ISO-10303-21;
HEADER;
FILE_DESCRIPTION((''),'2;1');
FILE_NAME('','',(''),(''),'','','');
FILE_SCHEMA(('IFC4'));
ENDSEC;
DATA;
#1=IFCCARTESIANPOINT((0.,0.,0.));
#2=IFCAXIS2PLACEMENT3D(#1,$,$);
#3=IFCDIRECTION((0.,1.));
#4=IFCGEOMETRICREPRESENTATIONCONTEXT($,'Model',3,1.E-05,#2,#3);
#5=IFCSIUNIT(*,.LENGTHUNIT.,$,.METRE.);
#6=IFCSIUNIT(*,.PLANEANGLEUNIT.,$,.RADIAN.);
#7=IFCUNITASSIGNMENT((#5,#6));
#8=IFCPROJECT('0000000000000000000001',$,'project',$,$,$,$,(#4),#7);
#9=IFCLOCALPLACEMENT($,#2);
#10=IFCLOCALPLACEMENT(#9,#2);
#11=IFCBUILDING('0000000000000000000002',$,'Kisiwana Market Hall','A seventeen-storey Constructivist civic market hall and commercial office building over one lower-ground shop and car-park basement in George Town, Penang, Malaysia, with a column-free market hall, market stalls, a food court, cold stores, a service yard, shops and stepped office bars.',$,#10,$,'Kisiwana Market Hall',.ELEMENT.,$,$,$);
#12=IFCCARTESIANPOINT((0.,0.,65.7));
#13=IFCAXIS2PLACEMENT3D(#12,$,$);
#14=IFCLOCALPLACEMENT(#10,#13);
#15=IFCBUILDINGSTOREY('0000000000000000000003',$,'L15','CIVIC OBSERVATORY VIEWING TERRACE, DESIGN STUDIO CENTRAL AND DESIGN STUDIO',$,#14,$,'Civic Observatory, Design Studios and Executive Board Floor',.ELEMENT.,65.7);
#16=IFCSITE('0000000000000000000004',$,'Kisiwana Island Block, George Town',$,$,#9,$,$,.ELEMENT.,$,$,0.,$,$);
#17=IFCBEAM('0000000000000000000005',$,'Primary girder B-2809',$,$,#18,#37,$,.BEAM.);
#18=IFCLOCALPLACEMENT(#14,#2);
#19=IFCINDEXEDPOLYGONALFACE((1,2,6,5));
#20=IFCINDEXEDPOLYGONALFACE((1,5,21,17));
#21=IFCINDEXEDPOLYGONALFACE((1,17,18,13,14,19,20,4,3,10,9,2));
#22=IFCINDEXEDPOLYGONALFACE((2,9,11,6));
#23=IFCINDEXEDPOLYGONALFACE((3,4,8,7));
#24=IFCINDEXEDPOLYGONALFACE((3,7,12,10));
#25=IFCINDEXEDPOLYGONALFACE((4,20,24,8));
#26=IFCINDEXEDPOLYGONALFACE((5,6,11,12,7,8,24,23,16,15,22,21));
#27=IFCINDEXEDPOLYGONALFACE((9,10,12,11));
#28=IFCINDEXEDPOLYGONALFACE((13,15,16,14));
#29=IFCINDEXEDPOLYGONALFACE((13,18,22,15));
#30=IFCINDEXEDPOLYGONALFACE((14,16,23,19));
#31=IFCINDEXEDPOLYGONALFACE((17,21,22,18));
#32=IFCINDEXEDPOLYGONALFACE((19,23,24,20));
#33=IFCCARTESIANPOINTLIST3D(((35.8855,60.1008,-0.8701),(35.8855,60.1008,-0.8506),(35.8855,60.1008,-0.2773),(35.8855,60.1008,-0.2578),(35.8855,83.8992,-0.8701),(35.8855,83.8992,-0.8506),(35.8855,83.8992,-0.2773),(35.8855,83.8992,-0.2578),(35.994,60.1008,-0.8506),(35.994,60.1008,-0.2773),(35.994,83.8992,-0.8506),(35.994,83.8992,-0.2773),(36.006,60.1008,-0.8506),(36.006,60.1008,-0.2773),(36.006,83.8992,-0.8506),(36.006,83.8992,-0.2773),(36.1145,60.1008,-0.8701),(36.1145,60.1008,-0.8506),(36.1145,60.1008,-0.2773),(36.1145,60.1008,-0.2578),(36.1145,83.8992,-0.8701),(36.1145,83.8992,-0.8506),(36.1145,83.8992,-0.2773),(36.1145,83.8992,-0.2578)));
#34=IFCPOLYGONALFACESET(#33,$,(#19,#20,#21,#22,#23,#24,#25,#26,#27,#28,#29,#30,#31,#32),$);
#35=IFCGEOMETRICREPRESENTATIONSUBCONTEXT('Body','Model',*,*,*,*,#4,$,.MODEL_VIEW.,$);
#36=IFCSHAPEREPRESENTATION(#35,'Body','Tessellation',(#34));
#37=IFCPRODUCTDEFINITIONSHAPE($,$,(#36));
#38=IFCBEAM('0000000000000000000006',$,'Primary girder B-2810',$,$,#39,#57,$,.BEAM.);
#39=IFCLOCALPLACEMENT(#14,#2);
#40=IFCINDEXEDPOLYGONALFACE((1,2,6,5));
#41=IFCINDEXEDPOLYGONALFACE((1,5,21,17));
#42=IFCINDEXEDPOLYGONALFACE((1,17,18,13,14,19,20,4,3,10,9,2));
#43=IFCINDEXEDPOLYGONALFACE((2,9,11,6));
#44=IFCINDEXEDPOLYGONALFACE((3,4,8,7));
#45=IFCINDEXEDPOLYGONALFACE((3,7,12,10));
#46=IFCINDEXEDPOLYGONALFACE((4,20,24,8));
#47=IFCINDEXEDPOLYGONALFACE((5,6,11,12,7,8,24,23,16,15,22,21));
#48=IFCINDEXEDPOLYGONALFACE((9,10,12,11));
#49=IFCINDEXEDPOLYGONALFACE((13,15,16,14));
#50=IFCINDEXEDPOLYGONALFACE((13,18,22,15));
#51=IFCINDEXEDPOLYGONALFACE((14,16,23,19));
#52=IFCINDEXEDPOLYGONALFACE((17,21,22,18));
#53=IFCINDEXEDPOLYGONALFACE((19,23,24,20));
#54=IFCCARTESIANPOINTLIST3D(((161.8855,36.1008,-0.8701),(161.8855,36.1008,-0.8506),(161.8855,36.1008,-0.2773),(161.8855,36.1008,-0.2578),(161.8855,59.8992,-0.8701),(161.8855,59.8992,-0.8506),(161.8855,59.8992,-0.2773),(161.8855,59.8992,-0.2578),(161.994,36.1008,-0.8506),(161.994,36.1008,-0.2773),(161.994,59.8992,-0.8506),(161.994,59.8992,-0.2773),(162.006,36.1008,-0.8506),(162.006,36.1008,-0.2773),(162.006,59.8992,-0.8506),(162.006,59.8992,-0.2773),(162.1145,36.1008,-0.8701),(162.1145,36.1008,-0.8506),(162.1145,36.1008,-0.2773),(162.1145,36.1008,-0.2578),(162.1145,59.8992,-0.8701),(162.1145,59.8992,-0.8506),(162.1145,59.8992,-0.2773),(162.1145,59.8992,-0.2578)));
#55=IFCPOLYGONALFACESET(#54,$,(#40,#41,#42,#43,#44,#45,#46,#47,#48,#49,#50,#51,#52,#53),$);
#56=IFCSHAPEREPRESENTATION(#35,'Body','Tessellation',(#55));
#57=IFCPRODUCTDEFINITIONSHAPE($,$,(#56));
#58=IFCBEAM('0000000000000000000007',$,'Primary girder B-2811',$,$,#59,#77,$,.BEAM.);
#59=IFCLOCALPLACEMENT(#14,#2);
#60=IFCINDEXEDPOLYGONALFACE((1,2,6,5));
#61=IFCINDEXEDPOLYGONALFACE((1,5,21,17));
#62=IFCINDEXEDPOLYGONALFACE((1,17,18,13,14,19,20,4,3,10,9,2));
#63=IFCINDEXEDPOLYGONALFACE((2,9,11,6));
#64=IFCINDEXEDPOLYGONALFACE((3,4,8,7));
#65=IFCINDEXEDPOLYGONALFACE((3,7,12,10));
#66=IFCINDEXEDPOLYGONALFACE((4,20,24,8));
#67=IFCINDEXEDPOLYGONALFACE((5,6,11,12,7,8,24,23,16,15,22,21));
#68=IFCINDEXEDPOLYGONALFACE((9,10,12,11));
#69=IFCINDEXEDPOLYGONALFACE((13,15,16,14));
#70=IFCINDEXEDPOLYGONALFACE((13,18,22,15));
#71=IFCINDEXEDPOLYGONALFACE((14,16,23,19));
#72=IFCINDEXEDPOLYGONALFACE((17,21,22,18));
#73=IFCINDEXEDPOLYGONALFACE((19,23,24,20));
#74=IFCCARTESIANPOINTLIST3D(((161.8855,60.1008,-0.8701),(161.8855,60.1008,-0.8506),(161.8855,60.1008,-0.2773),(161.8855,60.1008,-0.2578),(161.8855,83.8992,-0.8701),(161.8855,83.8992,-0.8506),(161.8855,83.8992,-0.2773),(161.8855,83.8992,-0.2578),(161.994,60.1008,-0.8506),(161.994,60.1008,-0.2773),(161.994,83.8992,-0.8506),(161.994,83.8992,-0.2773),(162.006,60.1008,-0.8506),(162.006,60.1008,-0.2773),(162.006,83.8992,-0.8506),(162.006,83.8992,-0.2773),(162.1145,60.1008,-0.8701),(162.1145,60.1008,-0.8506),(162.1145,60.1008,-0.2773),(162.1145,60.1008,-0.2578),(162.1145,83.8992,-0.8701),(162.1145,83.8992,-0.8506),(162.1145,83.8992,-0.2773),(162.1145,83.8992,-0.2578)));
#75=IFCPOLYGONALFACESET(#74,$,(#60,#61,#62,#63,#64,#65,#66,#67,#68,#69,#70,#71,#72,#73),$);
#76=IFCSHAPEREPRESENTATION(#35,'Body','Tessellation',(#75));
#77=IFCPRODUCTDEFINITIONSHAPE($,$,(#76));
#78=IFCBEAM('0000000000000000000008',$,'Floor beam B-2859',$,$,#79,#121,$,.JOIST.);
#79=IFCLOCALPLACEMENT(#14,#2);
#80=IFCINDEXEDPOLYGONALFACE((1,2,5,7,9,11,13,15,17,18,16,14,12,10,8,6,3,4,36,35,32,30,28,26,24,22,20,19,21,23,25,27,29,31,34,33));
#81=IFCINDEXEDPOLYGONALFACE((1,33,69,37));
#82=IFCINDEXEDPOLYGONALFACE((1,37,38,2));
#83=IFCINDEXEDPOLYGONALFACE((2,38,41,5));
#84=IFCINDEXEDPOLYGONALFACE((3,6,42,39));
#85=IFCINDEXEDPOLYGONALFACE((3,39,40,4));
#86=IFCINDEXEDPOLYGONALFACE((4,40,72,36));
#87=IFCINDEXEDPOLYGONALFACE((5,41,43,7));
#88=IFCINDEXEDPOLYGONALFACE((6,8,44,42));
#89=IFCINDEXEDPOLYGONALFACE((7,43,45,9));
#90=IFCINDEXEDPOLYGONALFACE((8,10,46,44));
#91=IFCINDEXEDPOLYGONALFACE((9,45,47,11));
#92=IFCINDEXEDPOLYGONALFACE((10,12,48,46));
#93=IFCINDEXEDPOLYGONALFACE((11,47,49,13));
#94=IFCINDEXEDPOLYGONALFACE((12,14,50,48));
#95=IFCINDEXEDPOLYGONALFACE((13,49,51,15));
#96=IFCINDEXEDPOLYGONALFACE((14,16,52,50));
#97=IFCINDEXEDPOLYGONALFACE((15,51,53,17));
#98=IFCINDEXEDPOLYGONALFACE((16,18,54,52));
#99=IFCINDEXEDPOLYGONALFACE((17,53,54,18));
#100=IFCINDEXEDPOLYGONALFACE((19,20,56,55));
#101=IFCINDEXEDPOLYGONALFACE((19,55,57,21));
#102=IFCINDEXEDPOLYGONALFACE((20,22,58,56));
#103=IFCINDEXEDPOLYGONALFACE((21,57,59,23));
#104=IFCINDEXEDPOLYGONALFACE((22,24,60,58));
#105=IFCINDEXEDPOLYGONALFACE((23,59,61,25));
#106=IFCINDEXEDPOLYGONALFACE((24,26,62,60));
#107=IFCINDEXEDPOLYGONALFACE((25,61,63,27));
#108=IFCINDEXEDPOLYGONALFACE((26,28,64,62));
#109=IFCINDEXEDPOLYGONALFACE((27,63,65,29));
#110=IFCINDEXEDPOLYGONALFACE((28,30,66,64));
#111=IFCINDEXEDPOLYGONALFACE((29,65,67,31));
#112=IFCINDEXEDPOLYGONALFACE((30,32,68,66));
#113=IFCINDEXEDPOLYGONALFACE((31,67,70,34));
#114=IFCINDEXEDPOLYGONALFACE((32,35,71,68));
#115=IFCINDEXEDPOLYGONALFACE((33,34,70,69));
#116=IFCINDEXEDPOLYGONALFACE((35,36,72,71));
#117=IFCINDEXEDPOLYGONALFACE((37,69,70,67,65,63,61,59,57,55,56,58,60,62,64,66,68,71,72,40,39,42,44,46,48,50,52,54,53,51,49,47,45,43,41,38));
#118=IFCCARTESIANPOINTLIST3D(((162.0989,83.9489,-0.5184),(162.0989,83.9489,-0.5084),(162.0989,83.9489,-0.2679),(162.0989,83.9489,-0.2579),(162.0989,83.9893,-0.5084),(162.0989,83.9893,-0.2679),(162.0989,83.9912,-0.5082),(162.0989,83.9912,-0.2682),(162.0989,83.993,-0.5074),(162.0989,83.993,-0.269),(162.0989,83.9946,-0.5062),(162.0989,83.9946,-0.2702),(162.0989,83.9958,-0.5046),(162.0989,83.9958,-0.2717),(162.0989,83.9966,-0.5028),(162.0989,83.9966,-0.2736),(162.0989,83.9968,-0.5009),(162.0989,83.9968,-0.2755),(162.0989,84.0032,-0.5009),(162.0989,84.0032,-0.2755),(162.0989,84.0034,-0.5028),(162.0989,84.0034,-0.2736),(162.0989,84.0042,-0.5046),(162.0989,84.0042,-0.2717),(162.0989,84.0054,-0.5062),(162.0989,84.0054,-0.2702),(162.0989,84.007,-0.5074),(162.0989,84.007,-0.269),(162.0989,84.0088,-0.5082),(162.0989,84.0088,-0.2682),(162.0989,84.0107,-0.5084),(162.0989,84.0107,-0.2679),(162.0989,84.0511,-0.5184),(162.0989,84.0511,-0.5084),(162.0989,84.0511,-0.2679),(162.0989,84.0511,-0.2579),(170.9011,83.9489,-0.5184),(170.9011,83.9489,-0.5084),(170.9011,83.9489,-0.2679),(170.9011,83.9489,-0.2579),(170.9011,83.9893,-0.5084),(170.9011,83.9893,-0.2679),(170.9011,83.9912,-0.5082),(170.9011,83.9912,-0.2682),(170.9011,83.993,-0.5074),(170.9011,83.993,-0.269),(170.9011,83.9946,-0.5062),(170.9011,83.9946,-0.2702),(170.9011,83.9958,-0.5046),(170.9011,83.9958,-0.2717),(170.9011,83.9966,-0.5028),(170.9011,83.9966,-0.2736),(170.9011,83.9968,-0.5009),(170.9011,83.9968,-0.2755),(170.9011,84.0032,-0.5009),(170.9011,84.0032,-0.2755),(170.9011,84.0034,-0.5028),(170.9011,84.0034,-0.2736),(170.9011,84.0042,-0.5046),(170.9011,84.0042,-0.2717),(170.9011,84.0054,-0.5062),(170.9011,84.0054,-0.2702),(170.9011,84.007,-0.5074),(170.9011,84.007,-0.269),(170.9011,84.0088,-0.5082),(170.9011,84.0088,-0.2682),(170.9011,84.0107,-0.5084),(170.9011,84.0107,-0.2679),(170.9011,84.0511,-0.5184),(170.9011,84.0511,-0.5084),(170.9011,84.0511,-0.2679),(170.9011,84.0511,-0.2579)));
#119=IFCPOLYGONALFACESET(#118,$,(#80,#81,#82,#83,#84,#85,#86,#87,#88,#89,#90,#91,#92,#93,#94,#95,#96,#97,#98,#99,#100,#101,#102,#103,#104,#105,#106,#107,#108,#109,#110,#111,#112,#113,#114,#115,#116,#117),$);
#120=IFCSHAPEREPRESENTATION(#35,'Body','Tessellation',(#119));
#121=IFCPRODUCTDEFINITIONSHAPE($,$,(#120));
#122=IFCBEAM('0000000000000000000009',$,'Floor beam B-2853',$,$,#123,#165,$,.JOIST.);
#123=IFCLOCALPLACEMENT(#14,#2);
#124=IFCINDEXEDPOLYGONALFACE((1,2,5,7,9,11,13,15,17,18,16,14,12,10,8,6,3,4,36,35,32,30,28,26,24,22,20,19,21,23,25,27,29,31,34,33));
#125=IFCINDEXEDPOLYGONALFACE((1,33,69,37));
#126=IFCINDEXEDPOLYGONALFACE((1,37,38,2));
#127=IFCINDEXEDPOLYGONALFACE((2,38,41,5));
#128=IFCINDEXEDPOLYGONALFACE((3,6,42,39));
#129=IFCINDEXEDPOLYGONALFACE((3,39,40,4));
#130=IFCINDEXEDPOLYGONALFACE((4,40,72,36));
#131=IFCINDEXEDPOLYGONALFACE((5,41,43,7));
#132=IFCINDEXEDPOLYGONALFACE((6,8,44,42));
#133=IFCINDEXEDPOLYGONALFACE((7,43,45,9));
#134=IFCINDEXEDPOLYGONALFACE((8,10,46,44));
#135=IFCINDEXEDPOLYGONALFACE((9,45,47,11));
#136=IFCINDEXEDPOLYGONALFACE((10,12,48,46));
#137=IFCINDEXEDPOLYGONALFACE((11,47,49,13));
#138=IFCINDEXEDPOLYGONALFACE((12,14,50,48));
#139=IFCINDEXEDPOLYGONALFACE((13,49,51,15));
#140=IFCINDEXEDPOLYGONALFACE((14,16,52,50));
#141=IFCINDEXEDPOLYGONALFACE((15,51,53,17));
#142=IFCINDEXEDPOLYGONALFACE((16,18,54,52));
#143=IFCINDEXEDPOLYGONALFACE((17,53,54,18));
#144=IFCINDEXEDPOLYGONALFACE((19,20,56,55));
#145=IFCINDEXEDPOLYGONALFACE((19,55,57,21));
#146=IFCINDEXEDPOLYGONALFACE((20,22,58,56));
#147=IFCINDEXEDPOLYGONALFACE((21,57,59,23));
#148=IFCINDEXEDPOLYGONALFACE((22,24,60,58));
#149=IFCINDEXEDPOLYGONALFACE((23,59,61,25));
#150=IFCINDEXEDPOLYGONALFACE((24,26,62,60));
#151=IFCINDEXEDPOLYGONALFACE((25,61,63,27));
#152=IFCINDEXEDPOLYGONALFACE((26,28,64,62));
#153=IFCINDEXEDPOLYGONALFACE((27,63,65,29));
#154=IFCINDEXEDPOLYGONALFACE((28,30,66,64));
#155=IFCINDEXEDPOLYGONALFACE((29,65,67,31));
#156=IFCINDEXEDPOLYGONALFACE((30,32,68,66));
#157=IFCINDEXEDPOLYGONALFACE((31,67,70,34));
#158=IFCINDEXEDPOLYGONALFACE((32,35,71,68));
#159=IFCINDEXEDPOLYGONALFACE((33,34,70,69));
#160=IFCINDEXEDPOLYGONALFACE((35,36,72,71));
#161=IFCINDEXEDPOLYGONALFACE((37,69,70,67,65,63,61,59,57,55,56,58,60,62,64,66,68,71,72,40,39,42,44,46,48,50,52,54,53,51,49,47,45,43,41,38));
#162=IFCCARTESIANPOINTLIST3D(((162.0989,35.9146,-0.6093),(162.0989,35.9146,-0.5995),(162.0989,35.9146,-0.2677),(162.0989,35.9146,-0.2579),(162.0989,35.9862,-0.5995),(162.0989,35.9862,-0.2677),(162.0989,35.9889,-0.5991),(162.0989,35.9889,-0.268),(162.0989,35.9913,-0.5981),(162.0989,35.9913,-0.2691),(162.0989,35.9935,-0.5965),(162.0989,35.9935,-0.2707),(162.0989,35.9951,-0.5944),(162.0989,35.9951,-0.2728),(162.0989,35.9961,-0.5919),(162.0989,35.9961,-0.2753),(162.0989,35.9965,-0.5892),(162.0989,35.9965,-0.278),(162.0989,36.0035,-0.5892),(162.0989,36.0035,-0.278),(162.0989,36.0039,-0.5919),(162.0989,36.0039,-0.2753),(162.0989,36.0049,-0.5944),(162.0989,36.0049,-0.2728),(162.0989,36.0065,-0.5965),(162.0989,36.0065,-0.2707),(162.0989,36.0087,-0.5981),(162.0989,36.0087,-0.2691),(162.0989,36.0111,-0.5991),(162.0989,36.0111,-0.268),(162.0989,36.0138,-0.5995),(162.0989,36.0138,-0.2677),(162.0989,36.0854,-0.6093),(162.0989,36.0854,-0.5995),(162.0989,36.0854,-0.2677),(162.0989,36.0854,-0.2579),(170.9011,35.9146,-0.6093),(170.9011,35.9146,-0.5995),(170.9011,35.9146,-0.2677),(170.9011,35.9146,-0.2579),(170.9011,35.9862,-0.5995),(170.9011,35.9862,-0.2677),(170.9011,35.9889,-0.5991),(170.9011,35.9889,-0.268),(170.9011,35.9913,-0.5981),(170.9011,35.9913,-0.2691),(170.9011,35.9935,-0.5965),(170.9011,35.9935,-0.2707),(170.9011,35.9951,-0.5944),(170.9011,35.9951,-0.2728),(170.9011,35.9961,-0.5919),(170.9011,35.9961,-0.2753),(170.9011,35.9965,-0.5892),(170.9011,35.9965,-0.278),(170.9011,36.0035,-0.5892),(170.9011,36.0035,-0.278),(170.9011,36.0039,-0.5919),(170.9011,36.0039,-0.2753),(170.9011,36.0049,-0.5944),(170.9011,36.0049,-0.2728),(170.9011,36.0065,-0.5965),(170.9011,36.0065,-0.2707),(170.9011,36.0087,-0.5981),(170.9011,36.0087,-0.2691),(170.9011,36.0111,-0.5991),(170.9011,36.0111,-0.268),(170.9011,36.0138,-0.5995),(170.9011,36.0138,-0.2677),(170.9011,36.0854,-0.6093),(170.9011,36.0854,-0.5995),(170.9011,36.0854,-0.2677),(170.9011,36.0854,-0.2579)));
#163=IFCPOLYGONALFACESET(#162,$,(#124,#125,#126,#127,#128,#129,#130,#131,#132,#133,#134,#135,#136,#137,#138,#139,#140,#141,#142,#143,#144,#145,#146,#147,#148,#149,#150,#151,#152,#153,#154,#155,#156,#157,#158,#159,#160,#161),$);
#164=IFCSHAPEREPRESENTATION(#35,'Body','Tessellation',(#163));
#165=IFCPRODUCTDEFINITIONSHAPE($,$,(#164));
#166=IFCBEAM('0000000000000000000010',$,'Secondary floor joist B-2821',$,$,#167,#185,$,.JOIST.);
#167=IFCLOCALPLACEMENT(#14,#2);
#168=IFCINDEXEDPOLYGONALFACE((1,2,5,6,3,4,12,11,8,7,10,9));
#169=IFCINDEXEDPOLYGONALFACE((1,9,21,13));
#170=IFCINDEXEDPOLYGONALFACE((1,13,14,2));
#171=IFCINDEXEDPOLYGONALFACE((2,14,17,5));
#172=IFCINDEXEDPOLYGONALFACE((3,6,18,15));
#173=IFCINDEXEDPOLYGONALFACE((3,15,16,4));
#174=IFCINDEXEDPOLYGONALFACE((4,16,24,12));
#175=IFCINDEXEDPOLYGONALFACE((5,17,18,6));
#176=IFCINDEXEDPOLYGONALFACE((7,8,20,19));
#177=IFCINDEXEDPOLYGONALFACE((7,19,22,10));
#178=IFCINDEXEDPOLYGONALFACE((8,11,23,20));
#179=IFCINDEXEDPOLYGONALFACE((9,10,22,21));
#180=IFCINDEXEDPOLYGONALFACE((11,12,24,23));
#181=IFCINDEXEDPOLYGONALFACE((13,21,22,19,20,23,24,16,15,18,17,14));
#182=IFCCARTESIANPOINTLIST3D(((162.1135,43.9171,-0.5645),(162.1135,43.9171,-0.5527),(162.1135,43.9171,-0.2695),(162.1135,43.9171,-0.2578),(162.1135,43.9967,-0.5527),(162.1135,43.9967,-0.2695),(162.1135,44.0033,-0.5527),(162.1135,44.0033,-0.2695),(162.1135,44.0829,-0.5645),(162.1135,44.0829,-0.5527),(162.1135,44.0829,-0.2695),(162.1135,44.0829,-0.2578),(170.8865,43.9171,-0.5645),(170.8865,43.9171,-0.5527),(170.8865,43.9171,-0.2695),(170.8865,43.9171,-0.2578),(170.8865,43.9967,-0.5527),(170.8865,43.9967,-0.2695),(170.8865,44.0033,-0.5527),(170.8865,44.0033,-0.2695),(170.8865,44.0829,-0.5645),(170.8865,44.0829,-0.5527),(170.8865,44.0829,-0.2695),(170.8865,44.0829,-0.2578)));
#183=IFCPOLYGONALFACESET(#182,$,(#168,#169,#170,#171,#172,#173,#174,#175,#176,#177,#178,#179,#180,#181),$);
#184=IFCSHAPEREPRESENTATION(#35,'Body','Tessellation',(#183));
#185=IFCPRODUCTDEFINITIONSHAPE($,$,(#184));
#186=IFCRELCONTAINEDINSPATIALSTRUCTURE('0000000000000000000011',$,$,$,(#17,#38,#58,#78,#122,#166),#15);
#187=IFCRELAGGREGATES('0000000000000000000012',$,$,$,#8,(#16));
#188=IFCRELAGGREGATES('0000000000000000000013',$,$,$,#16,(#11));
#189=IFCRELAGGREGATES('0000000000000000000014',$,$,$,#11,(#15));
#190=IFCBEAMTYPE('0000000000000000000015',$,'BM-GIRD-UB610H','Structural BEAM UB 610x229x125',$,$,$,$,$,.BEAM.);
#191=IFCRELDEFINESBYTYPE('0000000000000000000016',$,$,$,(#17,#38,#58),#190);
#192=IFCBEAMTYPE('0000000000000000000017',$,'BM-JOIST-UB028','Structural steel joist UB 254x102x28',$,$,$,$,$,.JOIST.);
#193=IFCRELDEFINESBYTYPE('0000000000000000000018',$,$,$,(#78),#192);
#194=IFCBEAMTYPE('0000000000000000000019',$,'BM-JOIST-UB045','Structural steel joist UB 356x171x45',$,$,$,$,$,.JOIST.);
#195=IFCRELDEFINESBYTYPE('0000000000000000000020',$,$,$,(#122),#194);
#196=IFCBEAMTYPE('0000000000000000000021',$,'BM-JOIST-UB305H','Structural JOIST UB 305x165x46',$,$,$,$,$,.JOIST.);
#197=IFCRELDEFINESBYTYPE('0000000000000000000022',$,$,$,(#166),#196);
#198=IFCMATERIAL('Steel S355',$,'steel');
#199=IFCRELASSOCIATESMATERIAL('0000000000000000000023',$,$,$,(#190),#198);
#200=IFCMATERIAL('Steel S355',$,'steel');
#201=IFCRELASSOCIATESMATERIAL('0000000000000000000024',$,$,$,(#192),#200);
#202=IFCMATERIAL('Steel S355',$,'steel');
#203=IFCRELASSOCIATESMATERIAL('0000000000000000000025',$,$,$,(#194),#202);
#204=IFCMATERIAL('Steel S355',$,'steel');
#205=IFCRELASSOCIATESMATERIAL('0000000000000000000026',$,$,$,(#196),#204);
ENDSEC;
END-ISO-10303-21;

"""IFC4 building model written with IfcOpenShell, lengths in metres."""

from ifc_helpers import new_model, si_unit, direction, frame, origin, origin_2d, place, context, subcontext, project, spatial, i_section, extrude, material, material_profile, profile_set, type_object, element, save


model = new_model("IFC4")

# Units and contexts
model_context = context("Model", 3, precision=1e-05, world=origin(), true_north=direction((0.0, 1.0)))
body_context = subcontext(model_context, "Body", "Model", "MODEL_VIEW")
ifc_project = project(units=[si_unit("LENGTHUNIT", "METRE"), si_unit("PLANEANGLEUNIT", "RADIAN")], contexts=[model_context])

# Site, building, storey
site_placement = place(None, origin())
site = spatial("IfcSite", under=ifc_project, at=site_placement, Name="Kisiwana Island Block, George Town", CompositionType="ELEMENT", RefElevation=0.0)
building_placement = place(site_placement, origin())
building = spatial("IfcBuilding", under=site, at=building_placement, Name="Kisiwana Market Hall", Description="A seventeen-storey Constructivist civic market hall and commercial office building over one lower-ground shop and car-park basement in George Town, Penang, Malaysia, with a column-free market hall, market stalls, a food court, cold stores, a service yard, shops and stepped office bars.", LongName="Kisiwana Market Hall", CompositionType="ELEMENT")
storey_placement = place(building_placement, frame((0.0, 0.0, 65.7)))
storey = spatial("IfcBuildingStorey", under=building, at=storey_placement, Name="L15", Description="CIVIC OBSERVATORY VIEWING TERRACE, DESIGN STUDIO CENTRAL AND DESIGN STUDIO", LongName="Civic Observatory, Design Studios and Executive Board Floor", CompositionType="ELEMENT", Elevation=65.7)

# Beams
ifc_material_1 = material(Name="Steel S355", Category="steel")
ifc_material_profile_1 = material_profile(ifc_material_1, i_section(OverallWidth=0.229, OverallDepth=0.6123, WebThickness=0.012, FlangeThickness=0.0195, at=origin_2d()), Name="UB 610x229x125")
ifc_profile_set_1 = profile_set([ifc_material_profile_1], Name="Steel S355")
beam_type_1 = type_object("IfcBeamType", Name="BM-GIRD-UB610H", Description="Structural BEAM UB 610x229x125", PredefinedType="BEAM", material=ifc_profile_set_1)
for number, where, z_axis, x_axis, name in (
    (1, (36.0, 60.1008, -0.564), (0.0, 1.0, 0.0), (-1.0, 0.0, 0.0), "Primary girder B-2809"),
    (2, (162.0, 36.1008, -0.564), (0.0, 1.0, 0.0), (-1.0, 0.0, 0.0), "Primary girder B-2810"),
    (3, (162.0, 60.1008, -0.564), (0.0, 1.0, 0.0), (-1.0, 0.0, 0.0), "Primary girder B-2811"),
):
    element("IfcBeam", number, at=place(storey_placement, frame(where, z_axis=z_axis, x_axis=x_axis)), inside=storey, type_object=beam_type_1, Name=name, PredefinedType="BEAM", context=body_context, shape_type="SweptSolid", body=[
        extrude(i_section(OverallWidth=0.229, OverallDepth=0.6123, WebThickness=0.012, FlangeThickness=0.0195, at=origin_2d()), origin(), (0.0, 0.0, 1.0), 23.7983),
    ])
ifc_material_2 = material(Name="Steel S355", Category="steel")
ifc_material_profile_2 = material_profile(ifc_material_2, i_section(OverallWidth=0.1023, OverallDepth=0.2605, WebThickness=0.0063, FlangeThickness=0.01, FilletRadius=0.0076, at=origin_2d()), Name="UB 254x102x28")
ifc_profile_set_2 = profile_set([ifc_material_profile_2], Name="Steel S355")
beam_type_2 = type_object("IfcBeamType", Name="BM-JOIST-UB028", Description="Structural steel joist UB 254x102x28", PredefinedType="JOIST", material=ifc_profile_set_2)
beam_1_placement = place(storey_placement, frame((162.0989, 84.0, -0.3882), z_axis=(1.0, 0.0, 0.0), x_axis=(0.0, 1.0, 0.0)))
element("IfcBeam", 4, at=beam_1_placement, inside=storey, type_object=beam_type_2, Name="Floor beam B-2859", PredefinedType="JOIST", context=body_context, shape_type="SweptSolid", body=[
    extrude(i_section(OverallWidth=0.1023, OverallDepth=0.2605, WebThickness=0.0063, FlangeThickness=0.01, FilletRadius=0.0076, at=origin_2d()), origin(), (0.0, 0.0, 1.0), 8.8022),
])
ifc_material_3 = material(Name="Steel S355", Category="steel")
ifc_material_profile_3 = material_profile(ifc_material_3, i_section(OverallWidth=0.1709, OverallDepth=0.3513, WebThickness=0.0071, FlangeThickness=0.0098, FilletRadius=0.0103, at=origin_2d()), Name="UB 356x171x45")
ifc_profile_set_3 = profile_set([ifc_material_profile_3], Name="Steel S355")
beam_type_3 = type_object("IfcBeamType", Name="BM-JOIST-UB045", Description="Structural steel joist UB 356x171x45", PredefinedType="JOIST", material=ifc_profile_set_3)
beam_2_placement = place(storey_placement, frame((162.0989, 36.0, -0.4336), z_axis=(1.0, 0.0, 0.0), x_axis=(0.0, 1.0, 0.0)))
element("IfcBeam", 5, at=beam_2_placement, inside=storey, type_object=beam_type_3, Name="Floor beam B-2853", PredefinedType="JOIST", context=body_context, shape_type="SweptSolid", body=[
    extrude(i_section(OverallWidth=0.1709, OverallDepth=0.3513, WebThickness=0.0071, FlangeThickness=0.0098, FilletRadius=0.0103, at=origin_2d()), origin(), (0.0, 0.0, 1.0), 8.8022),
])
ifc_material_4 = material(Name="Steel S355", Category="steel")
ifc_material_profile_4 = material_profile(ifc_material_4, i_section(OverallWidth=0.1658, OverallDepth=0.3066, WebThickness=0.0066, FlangeThickness=0.0117, at=origin_2d()), Name="UB 305x165x46")
ifc_profile_set_4 = profile_set([ifc_material_profile_4], Name="Steel S355")
beam_type_4 = type_object("IfcBeamType", Name="BM-JOIST-UB305H", Description="Structural JOIST UB 305x165x46", PredefinedType="JOIST", material=ifc_profile_set_4)
for number, where, z_axis, x_axis, name in (
    (6, (162.1135, 44.0, -0.4111), (1.0, 0.0, 0.0), (0.0, 1.0, 0.0), "Secondary floor joist B-2821"),
):
    element("IfcBeam", number, at=place(storey_placement, frame(where, z_axis=z_axis, x_axis=x_axis)), inside=storey, type_object=beam_type_4, Name=name, PredefinedType="JOIST", context=body_context, shape_type="SweptSolid", body=[
        extrude(i_section(OverallWidth=0.1658, OverallDepth=0.3066, WebThickness=0.0066, FlangeThickness=0.0117, at=origin_2d()), origin(), (0.0, 0.0, 1.0), 8.7729),
    ])

save(model, "model.ifc")
